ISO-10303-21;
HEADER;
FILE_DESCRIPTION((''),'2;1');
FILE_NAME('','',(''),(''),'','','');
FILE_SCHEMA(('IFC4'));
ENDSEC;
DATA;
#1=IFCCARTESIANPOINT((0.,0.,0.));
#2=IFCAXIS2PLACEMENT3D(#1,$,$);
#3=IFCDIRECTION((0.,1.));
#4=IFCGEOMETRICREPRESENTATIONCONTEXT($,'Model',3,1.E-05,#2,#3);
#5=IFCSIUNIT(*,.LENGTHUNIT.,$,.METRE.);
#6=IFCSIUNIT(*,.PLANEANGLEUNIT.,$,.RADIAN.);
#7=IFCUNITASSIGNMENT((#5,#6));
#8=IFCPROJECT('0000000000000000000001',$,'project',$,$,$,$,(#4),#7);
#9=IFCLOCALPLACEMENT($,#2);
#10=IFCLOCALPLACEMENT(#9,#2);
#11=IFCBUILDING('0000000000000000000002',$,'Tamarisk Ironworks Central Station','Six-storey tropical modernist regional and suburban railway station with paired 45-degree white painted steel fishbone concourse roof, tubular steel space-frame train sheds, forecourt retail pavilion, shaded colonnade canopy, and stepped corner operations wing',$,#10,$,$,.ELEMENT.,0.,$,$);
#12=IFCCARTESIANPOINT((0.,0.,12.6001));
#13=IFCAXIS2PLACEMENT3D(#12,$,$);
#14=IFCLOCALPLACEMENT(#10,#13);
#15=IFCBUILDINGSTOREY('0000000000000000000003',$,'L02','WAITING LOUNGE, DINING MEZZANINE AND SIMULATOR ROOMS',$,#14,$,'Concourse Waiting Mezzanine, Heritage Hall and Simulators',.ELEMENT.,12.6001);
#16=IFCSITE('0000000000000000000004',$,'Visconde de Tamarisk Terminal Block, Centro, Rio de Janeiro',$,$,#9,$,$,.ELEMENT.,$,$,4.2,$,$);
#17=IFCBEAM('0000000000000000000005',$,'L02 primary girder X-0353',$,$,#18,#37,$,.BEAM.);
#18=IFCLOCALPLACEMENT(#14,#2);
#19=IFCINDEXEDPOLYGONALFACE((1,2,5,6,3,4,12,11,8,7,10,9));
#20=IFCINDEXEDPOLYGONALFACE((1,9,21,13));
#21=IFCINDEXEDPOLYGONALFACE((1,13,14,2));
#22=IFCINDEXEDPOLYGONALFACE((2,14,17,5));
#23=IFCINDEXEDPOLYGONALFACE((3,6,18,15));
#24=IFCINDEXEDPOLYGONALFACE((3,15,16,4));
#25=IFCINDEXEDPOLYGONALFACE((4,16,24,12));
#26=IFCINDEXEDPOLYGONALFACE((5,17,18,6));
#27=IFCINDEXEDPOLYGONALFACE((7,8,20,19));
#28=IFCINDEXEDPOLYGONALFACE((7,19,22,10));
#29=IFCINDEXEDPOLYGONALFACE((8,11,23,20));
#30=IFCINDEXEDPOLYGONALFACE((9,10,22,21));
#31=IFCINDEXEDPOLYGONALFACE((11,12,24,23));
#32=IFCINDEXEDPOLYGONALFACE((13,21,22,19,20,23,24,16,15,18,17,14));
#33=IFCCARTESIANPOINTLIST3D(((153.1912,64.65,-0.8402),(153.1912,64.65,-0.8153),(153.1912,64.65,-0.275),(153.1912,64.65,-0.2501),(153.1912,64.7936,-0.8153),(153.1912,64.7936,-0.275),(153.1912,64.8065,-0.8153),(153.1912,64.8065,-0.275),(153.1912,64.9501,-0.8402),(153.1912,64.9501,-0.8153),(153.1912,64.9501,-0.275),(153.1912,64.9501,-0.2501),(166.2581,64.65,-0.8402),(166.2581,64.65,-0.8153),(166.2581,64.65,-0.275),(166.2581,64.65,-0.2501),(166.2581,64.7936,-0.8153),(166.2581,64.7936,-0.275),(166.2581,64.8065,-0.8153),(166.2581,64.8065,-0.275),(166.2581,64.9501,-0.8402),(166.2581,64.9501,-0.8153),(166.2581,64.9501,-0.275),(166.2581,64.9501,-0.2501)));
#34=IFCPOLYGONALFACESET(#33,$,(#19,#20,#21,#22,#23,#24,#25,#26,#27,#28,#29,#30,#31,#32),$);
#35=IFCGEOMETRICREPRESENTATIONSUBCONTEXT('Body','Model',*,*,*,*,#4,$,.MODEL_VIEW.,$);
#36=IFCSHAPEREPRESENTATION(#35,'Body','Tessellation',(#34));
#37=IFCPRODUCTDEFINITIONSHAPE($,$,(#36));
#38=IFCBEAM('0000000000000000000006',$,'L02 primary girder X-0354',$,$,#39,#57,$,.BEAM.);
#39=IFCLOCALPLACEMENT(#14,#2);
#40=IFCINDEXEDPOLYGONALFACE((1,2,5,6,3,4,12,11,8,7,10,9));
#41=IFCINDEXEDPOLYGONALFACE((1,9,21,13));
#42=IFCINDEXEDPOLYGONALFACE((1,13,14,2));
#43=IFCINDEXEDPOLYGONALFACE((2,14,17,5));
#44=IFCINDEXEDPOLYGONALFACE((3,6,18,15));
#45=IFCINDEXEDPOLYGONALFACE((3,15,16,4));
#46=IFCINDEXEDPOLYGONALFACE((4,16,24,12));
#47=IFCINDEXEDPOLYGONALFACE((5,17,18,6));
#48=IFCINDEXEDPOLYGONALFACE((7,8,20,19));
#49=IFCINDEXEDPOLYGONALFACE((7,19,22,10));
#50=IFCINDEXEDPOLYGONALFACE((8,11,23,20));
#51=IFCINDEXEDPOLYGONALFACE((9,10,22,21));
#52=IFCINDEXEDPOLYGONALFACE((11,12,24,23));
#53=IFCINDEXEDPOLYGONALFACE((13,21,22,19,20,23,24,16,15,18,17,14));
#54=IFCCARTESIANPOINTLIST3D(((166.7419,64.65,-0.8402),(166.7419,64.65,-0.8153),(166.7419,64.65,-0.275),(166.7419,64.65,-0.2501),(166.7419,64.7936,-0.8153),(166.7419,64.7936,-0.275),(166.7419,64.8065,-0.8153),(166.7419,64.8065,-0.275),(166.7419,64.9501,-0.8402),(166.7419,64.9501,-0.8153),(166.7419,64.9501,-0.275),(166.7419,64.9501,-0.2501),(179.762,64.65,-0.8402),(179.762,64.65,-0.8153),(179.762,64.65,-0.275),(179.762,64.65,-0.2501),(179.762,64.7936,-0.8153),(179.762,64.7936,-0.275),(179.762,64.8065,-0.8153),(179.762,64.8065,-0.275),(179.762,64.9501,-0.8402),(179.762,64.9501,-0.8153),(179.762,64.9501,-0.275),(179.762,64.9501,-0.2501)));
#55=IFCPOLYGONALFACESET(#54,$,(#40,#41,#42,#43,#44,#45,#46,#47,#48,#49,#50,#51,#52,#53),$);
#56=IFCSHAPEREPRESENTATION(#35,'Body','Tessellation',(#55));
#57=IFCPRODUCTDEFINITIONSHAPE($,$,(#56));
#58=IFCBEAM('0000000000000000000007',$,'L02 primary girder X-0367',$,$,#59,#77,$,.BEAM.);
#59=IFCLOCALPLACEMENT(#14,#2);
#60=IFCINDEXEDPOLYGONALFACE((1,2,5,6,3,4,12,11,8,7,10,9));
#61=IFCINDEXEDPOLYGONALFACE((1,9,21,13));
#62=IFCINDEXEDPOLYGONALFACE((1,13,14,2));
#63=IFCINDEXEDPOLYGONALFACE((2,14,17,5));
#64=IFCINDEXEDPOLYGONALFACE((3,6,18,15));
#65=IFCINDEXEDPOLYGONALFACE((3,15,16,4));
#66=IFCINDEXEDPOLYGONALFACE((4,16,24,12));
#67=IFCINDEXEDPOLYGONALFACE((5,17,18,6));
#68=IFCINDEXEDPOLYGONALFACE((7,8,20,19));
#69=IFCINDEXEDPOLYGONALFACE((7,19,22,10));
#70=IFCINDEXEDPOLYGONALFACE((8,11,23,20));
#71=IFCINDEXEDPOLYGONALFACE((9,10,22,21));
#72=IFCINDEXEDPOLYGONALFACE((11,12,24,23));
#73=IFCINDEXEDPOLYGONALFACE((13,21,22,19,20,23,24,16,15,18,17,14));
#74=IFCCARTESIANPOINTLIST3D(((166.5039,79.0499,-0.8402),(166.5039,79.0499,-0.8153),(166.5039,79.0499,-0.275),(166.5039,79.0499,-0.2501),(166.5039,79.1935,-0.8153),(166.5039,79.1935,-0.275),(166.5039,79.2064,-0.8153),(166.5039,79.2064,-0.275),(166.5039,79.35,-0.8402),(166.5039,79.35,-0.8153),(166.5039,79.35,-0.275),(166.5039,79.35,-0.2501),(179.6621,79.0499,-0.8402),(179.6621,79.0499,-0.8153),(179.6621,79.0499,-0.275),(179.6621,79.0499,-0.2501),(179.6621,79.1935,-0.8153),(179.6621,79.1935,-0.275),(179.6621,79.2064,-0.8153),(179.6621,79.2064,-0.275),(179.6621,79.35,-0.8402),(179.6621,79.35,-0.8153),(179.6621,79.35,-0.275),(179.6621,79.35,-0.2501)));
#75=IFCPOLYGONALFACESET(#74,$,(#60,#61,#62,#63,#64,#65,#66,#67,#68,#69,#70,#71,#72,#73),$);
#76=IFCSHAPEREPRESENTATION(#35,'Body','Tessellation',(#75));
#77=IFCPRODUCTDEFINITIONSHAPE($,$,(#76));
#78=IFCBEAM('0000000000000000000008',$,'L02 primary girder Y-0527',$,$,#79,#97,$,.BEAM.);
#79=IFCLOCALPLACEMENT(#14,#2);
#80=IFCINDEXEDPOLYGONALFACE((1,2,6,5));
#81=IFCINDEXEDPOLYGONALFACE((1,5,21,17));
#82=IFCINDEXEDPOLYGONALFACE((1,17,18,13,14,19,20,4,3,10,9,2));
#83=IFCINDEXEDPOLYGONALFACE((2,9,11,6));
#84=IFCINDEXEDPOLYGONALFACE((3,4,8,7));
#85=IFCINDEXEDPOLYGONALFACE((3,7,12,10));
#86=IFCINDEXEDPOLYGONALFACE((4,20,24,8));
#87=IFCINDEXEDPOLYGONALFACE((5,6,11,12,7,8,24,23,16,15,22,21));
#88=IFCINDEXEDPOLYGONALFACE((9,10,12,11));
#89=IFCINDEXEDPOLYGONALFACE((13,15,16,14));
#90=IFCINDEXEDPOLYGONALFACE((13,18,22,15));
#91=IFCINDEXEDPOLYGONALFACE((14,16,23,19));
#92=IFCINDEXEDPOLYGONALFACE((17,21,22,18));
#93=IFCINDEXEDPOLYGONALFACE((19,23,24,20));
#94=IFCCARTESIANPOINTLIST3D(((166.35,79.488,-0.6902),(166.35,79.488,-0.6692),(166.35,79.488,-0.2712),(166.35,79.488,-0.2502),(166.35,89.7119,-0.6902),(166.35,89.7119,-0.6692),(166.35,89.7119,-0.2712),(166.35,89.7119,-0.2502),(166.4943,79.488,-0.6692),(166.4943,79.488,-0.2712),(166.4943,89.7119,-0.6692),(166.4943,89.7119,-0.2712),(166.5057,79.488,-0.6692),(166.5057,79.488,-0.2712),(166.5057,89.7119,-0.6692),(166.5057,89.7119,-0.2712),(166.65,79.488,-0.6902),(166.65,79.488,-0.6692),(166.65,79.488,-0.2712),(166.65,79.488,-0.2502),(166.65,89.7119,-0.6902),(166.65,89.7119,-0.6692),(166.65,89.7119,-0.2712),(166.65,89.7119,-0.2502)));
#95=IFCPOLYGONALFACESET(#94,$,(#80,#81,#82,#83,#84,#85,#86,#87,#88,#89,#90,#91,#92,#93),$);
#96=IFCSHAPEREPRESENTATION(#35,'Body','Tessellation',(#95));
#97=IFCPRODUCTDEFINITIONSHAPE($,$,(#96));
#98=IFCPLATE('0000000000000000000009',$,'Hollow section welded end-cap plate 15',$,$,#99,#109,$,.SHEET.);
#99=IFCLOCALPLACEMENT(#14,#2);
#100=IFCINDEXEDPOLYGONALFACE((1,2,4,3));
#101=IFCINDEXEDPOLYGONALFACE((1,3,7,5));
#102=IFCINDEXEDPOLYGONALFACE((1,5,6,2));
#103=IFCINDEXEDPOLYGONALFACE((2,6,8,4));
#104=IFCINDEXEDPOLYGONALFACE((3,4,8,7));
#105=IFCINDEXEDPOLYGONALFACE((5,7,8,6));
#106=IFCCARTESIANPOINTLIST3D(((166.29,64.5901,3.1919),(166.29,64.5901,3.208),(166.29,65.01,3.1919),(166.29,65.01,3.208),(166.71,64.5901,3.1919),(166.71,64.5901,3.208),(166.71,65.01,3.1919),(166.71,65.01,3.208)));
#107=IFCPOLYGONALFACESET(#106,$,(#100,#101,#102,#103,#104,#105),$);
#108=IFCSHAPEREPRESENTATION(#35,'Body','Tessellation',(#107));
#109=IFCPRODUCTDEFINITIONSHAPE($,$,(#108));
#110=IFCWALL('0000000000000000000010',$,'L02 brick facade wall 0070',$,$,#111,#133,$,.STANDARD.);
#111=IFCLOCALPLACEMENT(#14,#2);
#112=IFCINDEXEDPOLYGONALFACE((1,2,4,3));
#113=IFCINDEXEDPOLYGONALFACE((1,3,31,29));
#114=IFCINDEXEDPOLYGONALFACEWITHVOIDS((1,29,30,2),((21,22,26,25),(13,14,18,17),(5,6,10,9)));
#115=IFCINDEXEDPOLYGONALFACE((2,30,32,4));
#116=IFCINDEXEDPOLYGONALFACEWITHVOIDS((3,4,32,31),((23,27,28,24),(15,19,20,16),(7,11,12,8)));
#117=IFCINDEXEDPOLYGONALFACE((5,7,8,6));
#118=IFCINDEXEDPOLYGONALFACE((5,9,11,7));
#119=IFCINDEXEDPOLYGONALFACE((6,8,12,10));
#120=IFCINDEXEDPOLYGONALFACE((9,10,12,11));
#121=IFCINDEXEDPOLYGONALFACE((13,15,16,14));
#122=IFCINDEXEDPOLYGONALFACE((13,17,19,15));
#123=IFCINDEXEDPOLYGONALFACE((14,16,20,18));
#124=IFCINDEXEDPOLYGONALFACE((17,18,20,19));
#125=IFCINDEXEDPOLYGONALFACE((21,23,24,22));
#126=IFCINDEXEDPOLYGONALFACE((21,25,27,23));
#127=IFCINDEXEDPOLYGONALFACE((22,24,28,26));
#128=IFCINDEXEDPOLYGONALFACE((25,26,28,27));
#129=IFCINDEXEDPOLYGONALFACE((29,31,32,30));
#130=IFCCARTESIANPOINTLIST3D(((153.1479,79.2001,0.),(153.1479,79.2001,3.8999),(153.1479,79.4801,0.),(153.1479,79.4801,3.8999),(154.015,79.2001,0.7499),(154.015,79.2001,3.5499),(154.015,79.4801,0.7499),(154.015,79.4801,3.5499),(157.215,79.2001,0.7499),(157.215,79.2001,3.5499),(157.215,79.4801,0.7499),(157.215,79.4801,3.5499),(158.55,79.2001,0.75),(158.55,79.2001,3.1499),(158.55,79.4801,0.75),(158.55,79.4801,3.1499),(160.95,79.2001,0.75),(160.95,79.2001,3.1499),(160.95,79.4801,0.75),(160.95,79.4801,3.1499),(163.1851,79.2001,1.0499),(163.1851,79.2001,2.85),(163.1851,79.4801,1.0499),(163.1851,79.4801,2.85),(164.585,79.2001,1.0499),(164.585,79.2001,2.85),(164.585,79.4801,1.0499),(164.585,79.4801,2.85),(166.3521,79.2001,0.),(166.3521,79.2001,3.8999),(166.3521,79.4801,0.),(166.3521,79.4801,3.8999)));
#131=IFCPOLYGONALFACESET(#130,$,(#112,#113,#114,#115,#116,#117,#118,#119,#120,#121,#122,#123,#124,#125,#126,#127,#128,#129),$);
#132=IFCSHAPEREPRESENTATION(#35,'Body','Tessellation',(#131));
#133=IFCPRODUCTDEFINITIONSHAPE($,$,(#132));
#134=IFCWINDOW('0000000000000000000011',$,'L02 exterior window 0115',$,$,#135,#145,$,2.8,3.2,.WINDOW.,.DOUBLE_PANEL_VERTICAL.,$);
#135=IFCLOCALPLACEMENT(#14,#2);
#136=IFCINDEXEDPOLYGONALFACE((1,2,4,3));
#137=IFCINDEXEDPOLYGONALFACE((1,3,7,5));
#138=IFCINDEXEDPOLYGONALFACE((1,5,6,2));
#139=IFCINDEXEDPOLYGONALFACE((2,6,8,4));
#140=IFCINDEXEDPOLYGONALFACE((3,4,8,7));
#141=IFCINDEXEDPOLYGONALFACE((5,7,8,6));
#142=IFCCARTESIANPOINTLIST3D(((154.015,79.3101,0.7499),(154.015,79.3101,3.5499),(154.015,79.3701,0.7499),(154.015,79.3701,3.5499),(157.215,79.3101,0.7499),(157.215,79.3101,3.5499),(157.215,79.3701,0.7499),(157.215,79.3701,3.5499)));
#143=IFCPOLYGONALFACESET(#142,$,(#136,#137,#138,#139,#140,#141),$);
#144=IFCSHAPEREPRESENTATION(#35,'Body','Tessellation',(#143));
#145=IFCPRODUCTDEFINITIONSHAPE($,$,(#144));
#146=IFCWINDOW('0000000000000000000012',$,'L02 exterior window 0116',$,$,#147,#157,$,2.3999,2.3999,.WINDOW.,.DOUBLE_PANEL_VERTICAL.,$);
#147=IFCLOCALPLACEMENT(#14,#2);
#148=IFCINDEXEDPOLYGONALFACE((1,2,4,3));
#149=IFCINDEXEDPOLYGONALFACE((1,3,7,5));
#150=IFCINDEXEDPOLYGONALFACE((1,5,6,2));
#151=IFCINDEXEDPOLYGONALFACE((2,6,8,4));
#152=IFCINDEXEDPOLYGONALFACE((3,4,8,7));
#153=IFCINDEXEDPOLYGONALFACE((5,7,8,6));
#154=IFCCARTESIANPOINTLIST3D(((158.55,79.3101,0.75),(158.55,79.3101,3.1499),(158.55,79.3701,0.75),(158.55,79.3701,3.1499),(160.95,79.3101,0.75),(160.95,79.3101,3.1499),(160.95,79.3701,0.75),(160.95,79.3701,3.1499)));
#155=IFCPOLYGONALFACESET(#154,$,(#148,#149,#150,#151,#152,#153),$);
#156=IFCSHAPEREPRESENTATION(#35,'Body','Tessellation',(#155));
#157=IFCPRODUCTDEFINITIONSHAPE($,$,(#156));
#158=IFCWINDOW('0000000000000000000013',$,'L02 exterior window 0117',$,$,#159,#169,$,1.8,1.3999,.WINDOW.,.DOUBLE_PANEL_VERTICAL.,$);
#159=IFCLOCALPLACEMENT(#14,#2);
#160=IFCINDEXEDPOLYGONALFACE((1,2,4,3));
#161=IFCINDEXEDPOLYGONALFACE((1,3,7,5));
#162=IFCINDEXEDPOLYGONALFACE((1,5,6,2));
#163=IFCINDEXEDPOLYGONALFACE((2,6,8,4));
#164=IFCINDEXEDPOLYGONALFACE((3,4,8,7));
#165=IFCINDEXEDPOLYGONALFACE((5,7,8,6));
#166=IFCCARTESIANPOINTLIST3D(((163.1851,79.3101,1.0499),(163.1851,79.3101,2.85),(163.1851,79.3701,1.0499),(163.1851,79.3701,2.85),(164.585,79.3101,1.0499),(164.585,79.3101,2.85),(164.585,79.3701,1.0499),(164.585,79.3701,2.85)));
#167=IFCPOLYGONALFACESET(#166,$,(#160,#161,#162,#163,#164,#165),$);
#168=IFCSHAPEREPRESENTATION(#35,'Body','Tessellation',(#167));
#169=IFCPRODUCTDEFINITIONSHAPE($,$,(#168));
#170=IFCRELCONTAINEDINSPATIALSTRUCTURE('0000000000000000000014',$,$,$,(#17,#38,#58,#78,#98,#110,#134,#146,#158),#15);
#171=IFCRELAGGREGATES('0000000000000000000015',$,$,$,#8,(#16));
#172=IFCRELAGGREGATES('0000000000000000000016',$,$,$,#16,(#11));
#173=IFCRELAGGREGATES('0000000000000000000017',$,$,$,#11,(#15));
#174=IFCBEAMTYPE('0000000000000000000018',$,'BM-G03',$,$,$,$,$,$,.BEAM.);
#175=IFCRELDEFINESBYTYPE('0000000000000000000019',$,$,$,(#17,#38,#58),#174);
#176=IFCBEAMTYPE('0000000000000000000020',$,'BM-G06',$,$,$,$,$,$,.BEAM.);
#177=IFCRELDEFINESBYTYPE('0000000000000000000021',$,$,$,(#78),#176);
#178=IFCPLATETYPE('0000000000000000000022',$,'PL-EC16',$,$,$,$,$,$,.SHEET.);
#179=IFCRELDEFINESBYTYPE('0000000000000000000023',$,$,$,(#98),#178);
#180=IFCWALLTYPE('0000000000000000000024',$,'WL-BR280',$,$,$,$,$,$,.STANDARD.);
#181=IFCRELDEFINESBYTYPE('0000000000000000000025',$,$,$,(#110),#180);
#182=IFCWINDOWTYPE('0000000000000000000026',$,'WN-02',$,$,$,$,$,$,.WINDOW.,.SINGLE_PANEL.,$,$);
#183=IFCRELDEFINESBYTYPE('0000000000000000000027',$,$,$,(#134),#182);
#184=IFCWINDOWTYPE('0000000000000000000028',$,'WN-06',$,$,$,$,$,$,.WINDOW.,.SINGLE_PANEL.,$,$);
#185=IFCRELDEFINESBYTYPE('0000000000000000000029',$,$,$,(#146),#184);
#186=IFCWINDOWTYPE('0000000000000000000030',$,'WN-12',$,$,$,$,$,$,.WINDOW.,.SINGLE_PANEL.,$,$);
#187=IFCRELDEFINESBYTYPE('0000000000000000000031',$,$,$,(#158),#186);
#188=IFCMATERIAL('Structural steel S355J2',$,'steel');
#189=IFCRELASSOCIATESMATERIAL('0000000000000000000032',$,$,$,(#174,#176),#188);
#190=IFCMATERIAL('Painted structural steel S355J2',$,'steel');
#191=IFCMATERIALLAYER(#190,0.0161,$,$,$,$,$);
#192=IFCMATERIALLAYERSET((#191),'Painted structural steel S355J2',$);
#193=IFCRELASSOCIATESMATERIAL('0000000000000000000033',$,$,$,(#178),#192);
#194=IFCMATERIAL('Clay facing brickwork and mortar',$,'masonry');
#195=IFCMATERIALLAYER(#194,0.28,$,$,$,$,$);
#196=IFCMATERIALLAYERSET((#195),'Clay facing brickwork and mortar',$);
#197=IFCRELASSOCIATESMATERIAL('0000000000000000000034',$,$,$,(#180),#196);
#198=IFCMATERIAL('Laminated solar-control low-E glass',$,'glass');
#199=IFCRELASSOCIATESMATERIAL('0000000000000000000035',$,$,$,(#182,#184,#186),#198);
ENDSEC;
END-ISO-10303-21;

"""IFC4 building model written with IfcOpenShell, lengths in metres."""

from ifc_helpers import new_model, si_unit, direction, frame, frame_2d, origin, origin_2d, place, context, subcontext, project, spatial, rectangle, i_section, extrude, material, layer, layer_set, material_profile, profile_set, type_object, element, fill, save


model = new_model("IFC4")

# Units and contexts
model_context = context("Model", 3, precision=1e-05, world=origin(), true_north=direction((0.0, 1.0)))
body_context = subcontext(model_context, "Body", "Model", "MODEL_VIEW")
ifc_project = project(units=[si_unit("LENGTHUNIT", "METRE"), si_unit("PLANEANGLEUNIT", "RADIAN")], contexts=[model_context])

# Site, building, storey
site_placement = place(None, origin())
site = spatial("IfcSite", under=ifc_project, at=site_placement, Name="Visconde de Tamarisk Terminal Block, Centro, Rio de Janeiro", CompositionType="ELEMENT", RefElevation=4.2)
building_placement = place(site_placement, origin())
building = spatial("IfcBuilding", under=site, at=building_placement, Name="Tamarisk Ironworks Central Station", Description="Six-storey tropical modernist regional and suburban railway station with paired 45-degree white painted steel fishbone concourse roof, tubular steel space-frame train sheds, forecourt retail pavilion, shaded colonnade canopy, and stepped corner operations wing", CompositionType="ELEMENT", ElevationOfRefHeight=0.0)
storey_placement = place(building_placement, frame((0.0, 0.0, 12.6001)))
storey = spatial("IfcBuildingStorey", under=building, at=storey_placement, Name="L02", Description="WAITING LOUNGE, DINING MEZZANINE AND SIMULATOR ROOMS", LongName="Concourse Waiting Mezzanine, Heritage Hall and Simulators", CompositionType="ELEMENT", Elevation=12.6001)

# Shared definitions
ifc_material_1 = material(Name="Structural steel S355J2", Category="steel")

# Beams
ifc_material_profile_1 = material_profile(ifc_material_1, i_section(OverallWidth=0.3, OverallDepth=0.5901, WebThickness=0.0129, FlangeThickness=0.0249, at=origin_2d()), Name="HEA 600")
ifc_profile_set_1 = profile_set([ifc_material_profile_1], Name="Structural steel S355J2")
beam_type_1 = type_object("IfcBeamType", Name="BM-G03", PredefinedType="BEAM", material=ifc_profile_set_1)
beam_1_placement = place(storey_placement, frame((153.1912, 64.8, -0.5452), z_axis=(1.0, 0.0, 0.0), x_axis=(0.0, 1.0, 0.0)))
element("IfcBeam", 1, at=beam_1_placement, inside=storey, type_object=beam_type_1, Name="L02 primary girder X-0353", PredefinedType="BEAM", context=body_context, shape_type="SweptSolid", body=[
    extrude(i_section(OverallWidth=0.3, OverallDepth=0.5901, WebThickness=0.0129, FlangeThickness=0.0249, at=origin_2d()), origin(), (0.0, 0.0, 1.0), 13.0669),
])
beam_2_placement = place(storey_placement, frame((166.7419, 64.8, -0.5452), z_axis=(1.0, 0.0, 0.0), x_axis=(0.0, 1.0, 0.0)))
element("IfcBeam", 2, at=beam_2_placement, inside=storey, type_object=beam_type_1, Name="L02 primary girder X-0354", PredefinedType="BEAM", context=body_context, shape_type="SweptSolid", body=[
    extrude(i_section(OverallWidth=0.3, OverallDepth=0.5901, WebThickness=0.0129, FlangeThickness=0.0249, at=origin_2d()), origin(), (0.0, 0.0, 1.0), 13.02),
])
beam_3_placement = place(storey_placement, frame((166.5039, 79.2, -0.5452), z_axis=(1.0, 0.0, 0.0), x_axis=(0.0, 1.0, 0.0)))
element("IfcBeam", 3, at=beam_3_placement, inside=storey, type_object=beam_type_1, Name="L02 primary girder X-0367", PredefinedType="BEAM", context=body_context, shape_type="SweptSolid", body=[
    extrude(i_section(OverallWidth=0.3, OverallDepth=0.5901, WebThickness=0.0129, FlangeThickness=0.0249, at=origin_2d()), origin(), (0.0, 0.0, 1.0), 13.1582),
])
ifc_material_profile_2 = material_profile(ifc_material_1, i_section(OverallWidth=0.3, OverallDepth=0.4399, WebThickness=0.0115, FlangeThickness=0.021, at=origin_2d()), Name="HEA 450")
ifc_profile_set_2 = profile_set([ifc_material_profile_2], Name="Structural steel S355J2")
beam_type_2 = type_object("IfcBeamType", Name="BM-G06", PredefinedType="BEAM", material=ifc_profile_set_2)
beam_4_placement = place(storey_placement, frame((166.5, 79.488, -0.4702), z_axis=(0.0, 1.0, 0.0), x_axis=(-1.0, 0.0, 0.0)))
element("IfcBeam", 4, at=beam_4_placement, inside=storey, type_object=beam_type_2, Name="L02 primary girder Y-0527", PredefinedType="BEAM", context=body_context, shape_type="SweptSolid", body=[
    extrude(i_section(OverallWidth=0.3, OverallDepth=0.4399, WebThickness=0.0115, FlangeThickness=0.021, at=origin_2d()), origin(), (0.0, 0.0, 1.0), 10.2239),
])

# Plate
ifc_material_2 = material(Name="Painted structural steel S355J2", Category="steel")
ifc_layer_1 = layer(ifc_material_2, 0.0161)
ifc_layer_set_1 = layer_set([ifc_layer_1], Name="Painted structural steel S355J2")
plate_type = type_object("IfcPlateType", Name="PL-EC16", PredefinedType="SHEET", material=ifc_layer_set_1)
plate_placement = place(storey_placement, frame((166.5, 64.8, 3.1919), z_axis=(0.0, 0.0, 1.0), x_axis=(1.0, 0.0, 0.0)))
element("IfcPlate", 5, at=plate_placement, inside=storey, type_object=plate_type, Name="Hollow section welded end-cap plate 15", PredefinedType="SHEET", context=body_context, shape_type="SweptSolid", body=[
    extrude(rectangle(XDim=0.4199, YDim=0.4199, at=origin_2d()), origin(), (0.0, 0.0, 1.0), 0.0161),
])

# Wall, openings, windows
ifc_material_3 = material(Name="Clay facing brickwork and mortar", Category="masonry")
ifc_layer_2 = layer(ifc_material_3, 0.28)
ifc_layer_set_2 = layer_set([ifc_layer_2], Name="Clay facing brickwork and mortar")
wall_type_1 = type_object("IfcWallType", Name="WL-BR280", PredefinedType="STANDARD", material=ifc_layer_set_2)
wall_1_placement = place(storey_placement, frame((153.1479, 79.3401, 0.0), z_axis=(0.0, 0.0, 1.0), x_axis=(1.0, 0.0, 0.0)))
wall_1 = element("IfcWall", 6, at=wall_1_placement, inside=storey, type_object=wall_type_1, Name="L02 brick facade wall 0070", PredefinedType="STANDARD", context=body_context, shape_type="SweptSolid", body=[
    extrude(rectangle(XDim=13.2041, YDim=0.28, at=frame_2d((6.6021, 0.0))), origin(), (0.0, 0.0, 1.0), 3.8999),
])
opening_1_placement = place(wall_1_placement, frame((0.8669, 0.0, 0.75)))
opening_1 = element("IfcOpeningElement", 7, at=opening_1_placement, cuts=wall_1, PredefinedType="OPENING", context=body_context, shape_type="SweptSolid", body=[
    extrude(rectangle(XDim=3.2, YDim=2.8, at=frame_2d((1.6001, 1.3999))), frame((0.0, 0.1519, 0.0), z_axis=(0.0, -1.0, 0.0), x_axis=(1.0, 0.0, 0.0)), (0.0, 0.0, 1.0), 0.304),
])
opening_2_placement = place(wall_1_placement, frame((5.4021, 0.0, 0.75)))
opening_2 = element("IfcOpeningElement", 8, at=opening_2_placement, cuts=wall_1, PredefinedType="OPENING", context=body_context, shape_type="SweptSolid", body=[
    extrude(rectangle(XDim=2.3999, YDim=2.3999, at=frame_2d((1.2, 1.2))), frame((0.0, 0.1519, 0.0), z_axis=(0.0, -1.0, 0.0), x_axis=(1.0, 0.0, 0.0)), (0.0, 0.0, 1.0), 0.304),
])
opening_3_placement = place(wall_1_placement, frame((10.0371, 0.0, 1.05)))
opening_3 = element("IfcOpeningElement", 9, at=opening_3_placement, cuts=wall_1, PredefinedType="OPENING", context=body_context, shape_type="SweptSolid", body=[
    extrude(rectangle(XDim=1.3999, YDim=1.8, at=frame_2d((0.7, 0.8999))), frame((0.0, 0.1519, 0.0), z_axis=(0.0, -1.0, 0.0), x_axis=(1.0, 0.0, 0.0)), (0.0, 0.0, 1.0), 0.304),
])
ifc_material_4 = material(Name="Laminated solar-control low-E glass", Category="glass")
window_type_1 = type_object("IfcWindowType", Name="WN-02", PartitioningType="SINGLE_PANEL", PredefinedType="WINDOW", material=ifc_material_4)
window_1_placement = place(opening_1_placement, origin())
window_1 = element("IfcWindow", 10, at=window_1_placement, inside=storey, type_object=window_type_1, Name="L02 exterior window 0115", OverallHeight=2.8, OverallWidth=3.2, PartitioningType="DOUBLE_PANEL_VERTICAL", PredefinedType="WINDOW", context=body_context, shape_type="SweptSolid", body=[
    extrude(rectangle(XDim=3.2, YDim=2.8, at=frame_2d((1.6001, 1.3999))), frame((0.0, 0.03, 0.0), z_axis=(0.0, -1.0, 0.0), x_axis=(1.0, 0.0, 0.0)), (0.0, 0.0, 1.0), 0.0601),
])
fill(opening_1, window_1)
window_type_2 = type_object("IfcWindowType", Name="WN-06", PartitioningType="SINGLE_PANEL", PredefinedType="WINDOW", material=ifc_material_4)
window_2_placement = place(opening_2_placement, origin())
window_2 = element("IfcWindow", 11, at=window_2_placement, inside=storey, type_object=window_type_2, Name="L02 exterior window 0116", OverallHeight=2.3999, OverallWidth=2.3999, PartitioningType="DOUBLE_PANEL_VERTICAL", PredefinedType="WINDOW", context=body_context, shape_type="SweptSolid", body=[
    extrude(rectangle(XDim=2.3999, YDim=2.3999, at=frame_2d((1.2, 1.2))), frame((0.0, 0.03, 0.0), z_axis=(0.0, -1.0, 0.0), x_axis=(1.0, 0.0, 0.0)), (0.0, 0.0, 1.0), 0.0601),
])
fill(opening_2, window_2)
window_type_3 = type_object("IfcWindowType", Name="WN-12", PartitioningType="SINGLE_PANEL", PredefinedType="WINDOW", material=ifc_material_4)
window_3_placement = place(opening_3_placement, origin())
window_3 = element("IfcWindow", 12, at=window_3_placement, inside=storey, type_object=window_type_3, Name="L02 exterior window 0117", OverallHeight=1.8, OverallWidth=1.3999, PartitioningType="DOUBLE_PANEL_VERTICAL", PredefinedType="WINDOW", context=body_context, shape_type="SweptSolid", body=[
    extrude(rectangle(XDim=1.3999, YDim=1.8, at=frame_2d((0.7, 0.8999))), frame((0.0, 0.03, 0.0), z_axis=(0.0, -1.0, 0.0), x_axis=(1.0, 0.0, 0.0)), (0.0, 0.0, 1.0), 0.0601),
])
fill(opening_3, window_3)

save(model, "model.ifc")
